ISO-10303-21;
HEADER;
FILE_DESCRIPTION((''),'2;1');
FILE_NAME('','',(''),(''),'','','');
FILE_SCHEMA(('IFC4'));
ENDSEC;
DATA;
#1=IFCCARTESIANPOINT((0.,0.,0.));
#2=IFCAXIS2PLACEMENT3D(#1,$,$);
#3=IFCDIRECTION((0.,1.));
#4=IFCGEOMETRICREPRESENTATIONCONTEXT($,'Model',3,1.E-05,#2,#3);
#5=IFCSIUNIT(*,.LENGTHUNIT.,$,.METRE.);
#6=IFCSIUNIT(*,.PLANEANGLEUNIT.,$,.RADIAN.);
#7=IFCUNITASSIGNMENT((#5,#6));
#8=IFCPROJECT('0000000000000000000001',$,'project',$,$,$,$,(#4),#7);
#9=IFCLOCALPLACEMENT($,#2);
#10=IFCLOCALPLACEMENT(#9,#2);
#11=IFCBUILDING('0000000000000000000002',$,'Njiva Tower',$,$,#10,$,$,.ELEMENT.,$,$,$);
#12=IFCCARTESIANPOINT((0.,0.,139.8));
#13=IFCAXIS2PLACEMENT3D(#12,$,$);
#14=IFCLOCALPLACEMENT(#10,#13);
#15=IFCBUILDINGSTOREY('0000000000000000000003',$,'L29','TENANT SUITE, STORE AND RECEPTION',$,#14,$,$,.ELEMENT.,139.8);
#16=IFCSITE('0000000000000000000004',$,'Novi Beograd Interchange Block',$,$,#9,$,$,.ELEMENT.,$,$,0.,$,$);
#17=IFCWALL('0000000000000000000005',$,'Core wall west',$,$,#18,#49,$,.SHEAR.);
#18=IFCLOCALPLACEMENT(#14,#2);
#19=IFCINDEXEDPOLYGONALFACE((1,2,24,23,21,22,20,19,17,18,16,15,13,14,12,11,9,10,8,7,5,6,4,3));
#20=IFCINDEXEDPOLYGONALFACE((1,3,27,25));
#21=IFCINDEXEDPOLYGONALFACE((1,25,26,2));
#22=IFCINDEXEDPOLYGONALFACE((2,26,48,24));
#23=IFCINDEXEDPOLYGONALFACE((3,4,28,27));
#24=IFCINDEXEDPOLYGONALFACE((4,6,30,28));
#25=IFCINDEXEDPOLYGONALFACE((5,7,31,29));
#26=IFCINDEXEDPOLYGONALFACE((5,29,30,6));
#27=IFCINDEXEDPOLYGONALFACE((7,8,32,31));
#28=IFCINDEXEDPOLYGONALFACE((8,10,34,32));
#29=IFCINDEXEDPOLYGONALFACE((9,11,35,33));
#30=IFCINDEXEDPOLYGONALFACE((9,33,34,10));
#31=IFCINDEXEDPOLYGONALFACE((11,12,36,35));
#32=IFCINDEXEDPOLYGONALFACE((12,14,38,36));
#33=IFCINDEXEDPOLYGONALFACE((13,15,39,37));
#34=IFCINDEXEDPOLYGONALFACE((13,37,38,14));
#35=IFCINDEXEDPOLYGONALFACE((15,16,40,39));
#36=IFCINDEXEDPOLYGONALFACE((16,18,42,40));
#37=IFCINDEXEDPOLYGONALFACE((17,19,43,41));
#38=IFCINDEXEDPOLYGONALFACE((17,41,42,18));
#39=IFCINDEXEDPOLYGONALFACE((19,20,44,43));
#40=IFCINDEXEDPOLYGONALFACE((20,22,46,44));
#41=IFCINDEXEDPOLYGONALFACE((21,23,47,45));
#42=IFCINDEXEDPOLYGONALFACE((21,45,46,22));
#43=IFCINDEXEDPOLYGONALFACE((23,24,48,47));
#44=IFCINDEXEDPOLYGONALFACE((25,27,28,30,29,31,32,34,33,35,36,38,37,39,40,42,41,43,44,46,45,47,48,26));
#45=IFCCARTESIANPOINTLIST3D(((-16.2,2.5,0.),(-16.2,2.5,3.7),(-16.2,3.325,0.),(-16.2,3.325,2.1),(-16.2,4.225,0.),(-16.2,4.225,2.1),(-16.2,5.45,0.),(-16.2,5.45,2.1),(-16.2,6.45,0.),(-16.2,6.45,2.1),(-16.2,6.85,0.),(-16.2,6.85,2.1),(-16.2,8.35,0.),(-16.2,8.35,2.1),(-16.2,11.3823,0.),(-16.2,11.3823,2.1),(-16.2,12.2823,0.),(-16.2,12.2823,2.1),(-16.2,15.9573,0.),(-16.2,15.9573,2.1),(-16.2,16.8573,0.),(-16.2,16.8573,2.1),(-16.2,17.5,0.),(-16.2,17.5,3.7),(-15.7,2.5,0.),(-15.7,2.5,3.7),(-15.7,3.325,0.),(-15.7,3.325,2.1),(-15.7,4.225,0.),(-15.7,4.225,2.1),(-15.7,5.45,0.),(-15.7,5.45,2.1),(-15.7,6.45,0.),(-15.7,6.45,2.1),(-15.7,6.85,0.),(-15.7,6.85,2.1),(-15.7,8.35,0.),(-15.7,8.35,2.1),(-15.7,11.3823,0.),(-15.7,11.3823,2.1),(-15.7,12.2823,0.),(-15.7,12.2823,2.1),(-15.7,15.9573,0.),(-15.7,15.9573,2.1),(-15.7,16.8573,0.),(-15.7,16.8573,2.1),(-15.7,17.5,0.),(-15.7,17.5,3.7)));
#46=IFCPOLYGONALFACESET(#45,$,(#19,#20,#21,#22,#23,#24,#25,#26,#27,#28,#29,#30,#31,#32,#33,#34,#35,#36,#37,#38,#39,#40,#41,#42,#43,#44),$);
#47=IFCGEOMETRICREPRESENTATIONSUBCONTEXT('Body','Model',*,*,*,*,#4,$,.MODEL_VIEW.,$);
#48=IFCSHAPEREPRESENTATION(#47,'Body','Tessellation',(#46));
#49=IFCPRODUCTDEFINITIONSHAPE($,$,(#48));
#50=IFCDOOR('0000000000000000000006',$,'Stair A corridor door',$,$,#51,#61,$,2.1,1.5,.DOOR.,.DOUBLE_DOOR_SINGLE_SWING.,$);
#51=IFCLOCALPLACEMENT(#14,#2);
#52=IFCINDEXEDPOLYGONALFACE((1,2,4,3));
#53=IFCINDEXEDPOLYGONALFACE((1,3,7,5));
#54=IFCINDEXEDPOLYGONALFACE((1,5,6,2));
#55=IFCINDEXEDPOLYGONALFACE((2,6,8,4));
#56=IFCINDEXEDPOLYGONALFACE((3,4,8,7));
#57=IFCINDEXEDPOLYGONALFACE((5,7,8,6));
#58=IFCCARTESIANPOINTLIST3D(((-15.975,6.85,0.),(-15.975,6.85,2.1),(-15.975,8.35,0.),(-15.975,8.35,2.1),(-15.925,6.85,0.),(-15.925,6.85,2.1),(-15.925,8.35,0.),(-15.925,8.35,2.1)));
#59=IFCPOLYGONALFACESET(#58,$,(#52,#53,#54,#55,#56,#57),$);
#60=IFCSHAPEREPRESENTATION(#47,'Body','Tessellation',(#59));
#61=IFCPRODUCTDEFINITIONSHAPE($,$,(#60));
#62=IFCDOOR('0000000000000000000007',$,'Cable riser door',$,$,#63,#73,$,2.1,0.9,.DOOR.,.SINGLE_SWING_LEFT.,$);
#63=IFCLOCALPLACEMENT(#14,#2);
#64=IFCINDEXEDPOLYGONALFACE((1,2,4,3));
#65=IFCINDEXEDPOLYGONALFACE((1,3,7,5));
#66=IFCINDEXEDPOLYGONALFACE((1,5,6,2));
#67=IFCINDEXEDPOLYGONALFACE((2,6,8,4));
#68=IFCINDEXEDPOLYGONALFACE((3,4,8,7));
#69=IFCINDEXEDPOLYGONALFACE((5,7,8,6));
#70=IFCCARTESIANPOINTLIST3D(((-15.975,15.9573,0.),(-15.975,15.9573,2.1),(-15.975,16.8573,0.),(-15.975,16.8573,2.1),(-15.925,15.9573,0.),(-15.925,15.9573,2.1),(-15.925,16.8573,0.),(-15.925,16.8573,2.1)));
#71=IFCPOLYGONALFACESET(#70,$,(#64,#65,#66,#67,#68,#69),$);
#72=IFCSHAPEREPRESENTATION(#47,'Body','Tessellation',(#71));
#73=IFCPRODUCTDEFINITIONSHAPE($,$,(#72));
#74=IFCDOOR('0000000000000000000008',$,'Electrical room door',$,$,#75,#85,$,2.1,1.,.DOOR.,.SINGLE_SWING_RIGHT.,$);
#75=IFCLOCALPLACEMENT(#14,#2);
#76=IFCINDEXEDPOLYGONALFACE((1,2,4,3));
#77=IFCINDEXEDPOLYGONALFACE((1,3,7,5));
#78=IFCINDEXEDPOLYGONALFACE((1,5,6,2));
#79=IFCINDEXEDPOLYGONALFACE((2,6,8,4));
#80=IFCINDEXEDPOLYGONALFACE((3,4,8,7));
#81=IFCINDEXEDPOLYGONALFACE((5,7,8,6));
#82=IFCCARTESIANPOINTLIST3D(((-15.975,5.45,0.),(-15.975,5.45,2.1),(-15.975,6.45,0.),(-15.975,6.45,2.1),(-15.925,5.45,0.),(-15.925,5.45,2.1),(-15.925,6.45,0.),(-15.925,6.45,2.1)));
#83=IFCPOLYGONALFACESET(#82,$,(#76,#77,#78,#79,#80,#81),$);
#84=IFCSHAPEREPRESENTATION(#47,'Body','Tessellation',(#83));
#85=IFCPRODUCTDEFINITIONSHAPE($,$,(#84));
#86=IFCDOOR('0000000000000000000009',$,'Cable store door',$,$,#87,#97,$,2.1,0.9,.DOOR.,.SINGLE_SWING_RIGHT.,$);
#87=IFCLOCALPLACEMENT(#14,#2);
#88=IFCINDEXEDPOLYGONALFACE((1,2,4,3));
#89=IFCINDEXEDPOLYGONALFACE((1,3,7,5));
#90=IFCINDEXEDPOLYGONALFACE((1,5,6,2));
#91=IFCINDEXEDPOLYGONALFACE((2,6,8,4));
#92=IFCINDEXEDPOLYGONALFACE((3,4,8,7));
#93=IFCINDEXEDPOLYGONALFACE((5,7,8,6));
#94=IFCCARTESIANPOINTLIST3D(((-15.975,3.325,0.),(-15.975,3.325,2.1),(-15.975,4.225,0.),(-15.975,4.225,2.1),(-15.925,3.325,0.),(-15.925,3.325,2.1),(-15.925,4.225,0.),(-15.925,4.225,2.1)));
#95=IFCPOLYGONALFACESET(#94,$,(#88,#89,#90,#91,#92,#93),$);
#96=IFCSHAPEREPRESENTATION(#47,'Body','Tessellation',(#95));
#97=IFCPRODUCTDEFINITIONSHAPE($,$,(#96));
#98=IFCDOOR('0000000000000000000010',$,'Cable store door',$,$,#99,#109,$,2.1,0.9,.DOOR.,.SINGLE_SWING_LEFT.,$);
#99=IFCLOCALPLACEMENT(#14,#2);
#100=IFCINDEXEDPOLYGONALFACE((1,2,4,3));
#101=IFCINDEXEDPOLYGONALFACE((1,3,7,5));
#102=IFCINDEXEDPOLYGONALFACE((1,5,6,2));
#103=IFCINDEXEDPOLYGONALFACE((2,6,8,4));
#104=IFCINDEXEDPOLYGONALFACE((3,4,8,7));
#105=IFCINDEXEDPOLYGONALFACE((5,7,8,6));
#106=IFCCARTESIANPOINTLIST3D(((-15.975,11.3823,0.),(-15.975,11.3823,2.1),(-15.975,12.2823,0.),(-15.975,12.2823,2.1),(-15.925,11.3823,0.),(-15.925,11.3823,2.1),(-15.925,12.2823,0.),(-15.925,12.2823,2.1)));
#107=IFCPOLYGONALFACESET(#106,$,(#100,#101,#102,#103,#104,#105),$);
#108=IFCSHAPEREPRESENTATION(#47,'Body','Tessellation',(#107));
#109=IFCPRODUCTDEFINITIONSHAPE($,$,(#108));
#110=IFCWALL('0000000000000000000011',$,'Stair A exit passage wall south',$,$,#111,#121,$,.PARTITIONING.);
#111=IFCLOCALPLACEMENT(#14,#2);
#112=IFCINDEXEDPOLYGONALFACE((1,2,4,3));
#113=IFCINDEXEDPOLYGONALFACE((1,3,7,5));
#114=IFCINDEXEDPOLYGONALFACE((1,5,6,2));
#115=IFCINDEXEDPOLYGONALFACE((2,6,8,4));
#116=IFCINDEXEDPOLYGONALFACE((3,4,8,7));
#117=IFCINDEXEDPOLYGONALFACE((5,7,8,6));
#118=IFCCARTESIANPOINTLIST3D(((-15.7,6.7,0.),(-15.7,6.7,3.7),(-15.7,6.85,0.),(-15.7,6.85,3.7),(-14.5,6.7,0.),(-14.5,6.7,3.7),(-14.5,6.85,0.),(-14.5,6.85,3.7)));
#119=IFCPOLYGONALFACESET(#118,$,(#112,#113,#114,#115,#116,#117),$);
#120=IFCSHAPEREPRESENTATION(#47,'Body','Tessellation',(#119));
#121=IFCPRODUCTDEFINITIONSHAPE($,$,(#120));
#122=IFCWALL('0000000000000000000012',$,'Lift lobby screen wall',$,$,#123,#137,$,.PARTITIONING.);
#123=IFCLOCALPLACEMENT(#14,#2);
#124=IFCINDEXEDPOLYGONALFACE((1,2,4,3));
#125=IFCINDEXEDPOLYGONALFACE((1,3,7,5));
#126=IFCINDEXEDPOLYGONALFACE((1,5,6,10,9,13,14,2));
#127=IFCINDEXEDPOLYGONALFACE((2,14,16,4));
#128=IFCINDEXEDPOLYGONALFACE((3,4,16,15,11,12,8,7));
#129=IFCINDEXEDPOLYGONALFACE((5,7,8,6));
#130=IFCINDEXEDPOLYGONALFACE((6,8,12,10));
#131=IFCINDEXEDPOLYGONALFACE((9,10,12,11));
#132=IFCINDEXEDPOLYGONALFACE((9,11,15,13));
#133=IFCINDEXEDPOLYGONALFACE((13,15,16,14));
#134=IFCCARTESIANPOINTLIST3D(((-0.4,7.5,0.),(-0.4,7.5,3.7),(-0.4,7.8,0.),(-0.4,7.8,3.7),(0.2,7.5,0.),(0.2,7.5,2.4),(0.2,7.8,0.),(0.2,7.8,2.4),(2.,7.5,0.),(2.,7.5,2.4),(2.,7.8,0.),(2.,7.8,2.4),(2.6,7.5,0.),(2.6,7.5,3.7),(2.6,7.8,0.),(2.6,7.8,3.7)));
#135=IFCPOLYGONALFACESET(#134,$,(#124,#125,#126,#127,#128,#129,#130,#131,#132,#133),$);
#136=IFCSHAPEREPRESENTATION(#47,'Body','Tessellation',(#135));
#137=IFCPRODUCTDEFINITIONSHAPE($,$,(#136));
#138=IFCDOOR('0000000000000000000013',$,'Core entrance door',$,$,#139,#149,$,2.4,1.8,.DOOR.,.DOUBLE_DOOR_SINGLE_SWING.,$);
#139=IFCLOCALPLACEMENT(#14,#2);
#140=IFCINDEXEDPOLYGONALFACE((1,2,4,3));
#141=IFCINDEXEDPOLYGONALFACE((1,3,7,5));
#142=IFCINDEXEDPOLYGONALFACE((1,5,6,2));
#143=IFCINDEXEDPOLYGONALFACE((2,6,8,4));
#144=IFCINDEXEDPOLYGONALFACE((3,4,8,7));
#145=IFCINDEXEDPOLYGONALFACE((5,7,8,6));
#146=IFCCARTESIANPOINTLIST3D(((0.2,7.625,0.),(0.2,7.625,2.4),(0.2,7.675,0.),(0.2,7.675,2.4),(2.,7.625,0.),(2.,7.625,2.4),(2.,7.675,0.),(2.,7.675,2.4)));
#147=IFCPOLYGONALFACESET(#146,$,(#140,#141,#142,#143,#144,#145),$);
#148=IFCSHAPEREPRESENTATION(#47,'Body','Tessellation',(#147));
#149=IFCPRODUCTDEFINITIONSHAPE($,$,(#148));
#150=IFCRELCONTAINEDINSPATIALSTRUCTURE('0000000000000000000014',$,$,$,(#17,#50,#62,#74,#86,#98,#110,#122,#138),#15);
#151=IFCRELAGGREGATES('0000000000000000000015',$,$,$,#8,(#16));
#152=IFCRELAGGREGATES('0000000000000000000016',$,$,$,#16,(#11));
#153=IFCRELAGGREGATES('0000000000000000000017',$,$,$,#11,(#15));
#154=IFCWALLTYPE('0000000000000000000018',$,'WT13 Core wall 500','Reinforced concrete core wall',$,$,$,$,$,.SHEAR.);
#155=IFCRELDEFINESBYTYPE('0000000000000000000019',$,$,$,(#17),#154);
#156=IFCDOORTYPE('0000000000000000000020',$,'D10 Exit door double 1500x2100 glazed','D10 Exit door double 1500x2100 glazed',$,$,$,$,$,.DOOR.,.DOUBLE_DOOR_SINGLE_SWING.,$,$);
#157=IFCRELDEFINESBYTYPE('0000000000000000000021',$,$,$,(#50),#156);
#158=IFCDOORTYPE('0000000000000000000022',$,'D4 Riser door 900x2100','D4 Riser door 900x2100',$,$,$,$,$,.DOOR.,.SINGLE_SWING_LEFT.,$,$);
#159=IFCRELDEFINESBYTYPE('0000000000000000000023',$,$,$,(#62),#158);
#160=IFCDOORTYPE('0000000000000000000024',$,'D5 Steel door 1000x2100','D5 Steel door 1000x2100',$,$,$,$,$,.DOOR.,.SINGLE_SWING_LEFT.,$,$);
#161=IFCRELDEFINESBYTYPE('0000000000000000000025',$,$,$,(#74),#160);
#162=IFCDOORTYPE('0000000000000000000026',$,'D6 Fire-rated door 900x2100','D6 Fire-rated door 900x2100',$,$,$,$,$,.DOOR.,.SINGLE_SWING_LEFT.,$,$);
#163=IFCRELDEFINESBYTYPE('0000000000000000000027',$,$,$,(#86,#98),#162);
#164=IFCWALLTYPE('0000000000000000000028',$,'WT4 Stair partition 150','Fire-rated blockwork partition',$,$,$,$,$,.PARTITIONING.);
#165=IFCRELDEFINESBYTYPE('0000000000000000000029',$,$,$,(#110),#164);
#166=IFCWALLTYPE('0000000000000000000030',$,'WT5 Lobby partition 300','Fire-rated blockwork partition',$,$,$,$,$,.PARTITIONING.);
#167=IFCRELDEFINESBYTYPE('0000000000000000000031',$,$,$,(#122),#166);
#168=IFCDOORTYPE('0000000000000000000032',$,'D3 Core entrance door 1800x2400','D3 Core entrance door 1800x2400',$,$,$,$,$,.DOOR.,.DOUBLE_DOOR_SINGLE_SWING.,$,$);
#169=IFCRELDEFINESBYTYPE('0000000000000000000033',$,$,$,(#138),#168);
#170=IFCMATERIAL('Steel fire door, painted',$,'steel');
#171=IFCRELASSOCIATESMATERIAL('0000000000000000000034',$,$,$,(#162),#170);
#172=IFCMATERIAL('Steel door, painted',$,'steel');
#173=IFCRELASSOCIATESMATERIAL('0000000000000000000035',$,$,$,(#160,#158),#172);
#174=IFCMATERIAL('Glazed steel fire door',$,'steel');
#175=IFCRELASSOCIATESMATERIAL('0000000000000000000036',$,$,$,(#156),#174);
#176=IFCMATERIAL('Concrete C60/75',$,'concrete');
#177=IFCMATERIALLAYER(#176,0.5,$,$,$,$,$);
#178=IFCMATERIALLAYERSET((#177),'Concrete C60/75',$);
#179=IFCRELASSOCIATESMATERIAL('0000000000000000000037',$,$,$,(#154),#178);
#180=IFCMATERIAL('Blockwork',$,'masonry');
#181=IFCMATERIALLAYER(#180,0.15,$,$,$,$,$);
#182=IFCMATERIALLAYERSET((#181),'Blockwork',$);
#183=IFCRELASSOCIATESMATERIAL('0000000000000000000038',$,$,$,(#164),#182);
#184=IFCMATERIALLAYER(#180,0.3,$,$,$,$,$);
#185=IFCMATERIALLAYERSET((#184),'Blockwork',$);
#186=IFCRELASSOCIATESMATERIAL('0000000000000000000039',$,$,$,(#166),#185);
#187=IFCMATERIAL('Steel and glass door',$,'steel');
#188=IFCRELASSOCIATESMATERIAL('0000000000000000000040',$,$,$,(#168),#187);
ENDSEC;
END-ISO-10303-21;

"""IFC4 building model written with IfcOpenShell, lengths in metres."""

from ifc_helpers import new_model, si_unit, direction, frame, frame_2d, origin, place, context, subcontext, project, spatial, rectangle, extrude, material, layer, layer_set, type_object, element, fill, save


model = new_model("IFC4")

# Units and contexts
model_context = context("Model", 3, precision=1e-05, world=origin(), true_north=direction((0.0, 1.0)))
body_context = subcontext(model_context, "Body", "Model", "MODEL_VIEW")
ifc_project = project(units=[si_unit("LENGTHUNIT", "METRE"), si_unit("PLANEANGLEUNIT", "RADIAN")], contexts=[model_context])

# Site, building, storey
site_placement = place(None, origin())
site = spatial("IfcSite", under=ifc_project, at=site_placement, Name="Novi Beograd Interchange Block", CompositionType="ELEMENT", RefElevation=0.0)
building_placement = place(site_placement, origin())
building = spatial("IfcBuilding", under=site, at=building_placement, Name="Njiva Tower", CompositionType="ELEMENT")
storey_placement = place(building_placement, frame((0.0, 0.0, 139.8)))
storey = spatial("IfcBuildingStorey", under=building, at=storey_placement, Name="L29", Description="TENANT SUITE, STORE AND RECEPTION", CompositionType="ELEMENT", Elevation=139.8)

# Shared definitions
ifc_material_1 = material(Name="Blockwork", Category="masonry")

# Shared definitions
ifc_material_2 = material(Name="Steel fire door, painted", Category="steel")
door_type_1 = type_object("IfcDoorType", Name="D6 Fire-rated door 900x2100", Description="D6 Fire-rated door 900x2100", OperationType="SINGLE_SWING_LEFT", PredefinedType="DOOR", material=ifc_material_2)

# Shared definitions
ifc_material_3 = material(Name="Steel door, painted", Category="steel")
door_type_2 = type_object("IfcDoorType", Name="D5 Steel door 1000x2100", Description="D5 Steel door 1000x2100", OperationType="SINGLE_SWING_LEFT", PredefinedType="DOOR", material=ifc_material_3)
ifc_material_4 = material(Name="Glazed steel fire door", Category="steel")

# Shared definitions
door_type_3 = type_object("IfcDoorType", Name="D10 Exit door double 1500x2100 glazed", Description="D10 Exit door double 1500x2100 glazed", OperationType="DOUBLE_DOOR_SINGLE_SWING", PredefinedType="DOOR", material=ifc_material_4)

# Wall, openings, doors
ifc_material_5 = material(Name="Concrete C60/75", Category="concrete")
ifc_layer_1 = layer(ifc_material_5, 0.5)
ifc_layer_set_1 = layer_set([ifc_layer_1], Name="Concrete C60/75")
wall_type_1 = type_object("IfcWallType", Name="WT13 Core wall 500", Description="Reinforced concrete core wall", PredefinedType="SHEAR", material=ifc_layer_set_1)
wall_1_placement = place(storey_placement, frame((-15.95, 2.5, 0.0), z_axis=(0.0, 0.0, 1.0), x_axis=(0.0, 1.0, 0.0)))
wall_1 = element("IfcWall", 1, at=wall_1_placement, inside=storey, type_object=wall_type_1, Name="Core wall west", PredefinedType="SHEAR", context=body_context, shape_type="SweptSolid", body=[
    extrude(rectangle(XDim=15.0, YDim=0.5, at=frame_2d((7.5, 0.0))), origin(), (0.0, 0.0, 1.0), 3.7),
])
opening_1_placement = place(wall_1_placement, frame((4.35, 0.0, 0.0)))
opening_1 = element("IfcOpeningElement", 2, at=opening_1_placement, cuts=wall_1, PredefinedType="OPENING", context=body_context, shape_type="SweptSolid", body=[
    extrude(rectangle(XDim=1.5, YDim=2.1, at=frame_2d((0.75, 1.05))), frame((0.0, 0.26, 0.0), z_axis=(0.0, -1.0, 0.0), x_axis=(1.0, 0.0, 0.0)), (0.0, 0.0, 1.0), 0.52),
])
opening_2_placement = place(wall_1_placement, frame((0.825, 0.0, 0.0)))
opening_2 = element("IfcOpeningElement", 3, at=opening_2_placement, cuts=wall_1, PredefinedType="OPENING", context=body_context, shape_type="SweptSolid", body=[
    extrude(rectangle(XDim=0.9, YDim=2.1, at=frame_2d((0.45, 1.05))), frame((0.0, 0.26, 0.0), z_axis=(0.0, -1.0, 0.0), x_axis=(1.0, 0.0, 0.0)), (0.0, 0.0, 1.0), 0.52),
])
opening_3_placement = place(wall_1_placement, frame((2.95, 0.0, 0.0)))
opening_3 = element("IfcOpeningElement", 4, at=opening_3_placement, cuts=wall_1, PredefinedType="OPENING", context=body_context, shape_type="SweptSolid", body=[
    extrude(rectangle(XDim=1.0, YDim=2.1, at=frame_2d((0.5, 1.05))), frame((0.0, 0.26, 0.0), z_axis=(0.0, -1.0, 0.0), x_axis=(1.0, 0.0, 0.0)), (0.0, 0.0, 1.0), 0.52),
])
opening_4_placement = place(wall_1_placement, frame((8.8823, 0.0, 0.0)))
opening_4 = element("IfcOpeningElement", 5, at=opening_4_placement, cuts=wall_1, PredefinedType="OPENING", context=body_context, shape_type="SweptSolid", body=[
    extrude(rectangle(XDim=0.9, YDim=2.1, at=frame_2d((0.45, 1.05))), frame((0.0, 0.26, 0.0), z_axis=(0.0, -1.0, 0.0), x_axis=(1.0, 0.0, 0.0)), (0.0, 0.0, 1.0), 0.52),
])
opening_5_placement = place(wall_1_placement, frame((13.4573, 0.0, 0.0)))
opening_5 = element("IfcOpeningElement", 6, at=opening_5_placement, cuts=wall_1, PredefinedType="OPENING", context=body_context, shape_type="SweptSolid", body=[
    extrude(rectangle(XDim=0.9, YDim=2.1, at=frame_2d((0.45, 1.05))), frame((0.0, 0.26, 0.0), z_axis=(0.0, -1.0, 0.0), x_axis=(1.0, 0.0, 0.0)), (0.0, 0.0, 1.0), 0.52),
])
door_1_placement = place(opening_1_placement, origin())
door_1 = element("IfcDoor", 7, at=door_1_placement, inside=storey, type_object=door_type_3, Name="Stair A corridor door", OperationType="DOUBLE_DOOR_SINGLE_SWING", OverallHeight=2.1, OverallWidth=1.5, PredefinedType="DOOR", context=body_context, shape_type="SweptSolid", body=[
    extrude(rectangle(XDim=1.5, YDim=2.1, at=frame_2d((0.75, 1.05))), frame((0.0, 0.025, 0.0), z_axis=(0.0, -1.0, 0.0), x_axis=(1.0, 0.0, 0.0)), (0.0, 0.0, 1.0), 0.05),
])
fill(opening_1, door_1)
door_type_4 = type_object("IfcDoorType", Name="D4 Riser door 900x2100", Description="D4 Riser door 900x2100", OperationType="SINGLE_SWING_LEFT", PredefinedType="DOOR", material=ifc_material_3)
door_2_placement = place(opening_5_placement, origin())
door_2 = element("IfcDoor", 8, at=door_2_placement, inside=storey, type_object=door_type_4, Name="Cable riser door", OperationType="SINGLE_SWING_LEFT", OverallHeight=2.1, OverallWidth=0.9, PredefinedType="DOOR", context=body_context, shape_type="SweptSolid", body=[
    extrude(rectangle(XDim=0.9, YDim=2.1, at=frame_2d((0.45, 1.05))), frame((0.0, 0.025, 0.0), z_axis=(0.0, -1.0, 0.0), x_axis=(1.0, 0.0, 0.0)), (0.0, 0.0, 1.0), 0.05),
])
fill(opening_5, door_2)
door_3_placement = place(opening_3_placement, origin())
door_3 = element("IfcDoor", 9, at=door_3_placement, inside=storey, type_object=door_type_2, Name="Electrical room door", OperationType="SINGLE_SWING_RIGHT", OverallHeight=2.1, OverallWidth=1.0, PredefinedType="DOOR", context=body_context, shape_type="SweptSolid", body=[
    extrude(rectangle(XDim=1.0, YDim=2.1, at=frame_2d((0.5, 1.05))), frame((0.0, 0.025, 0.0), z_axis=(0.0, -1.0, 0.0), x_axis=(1.0, 0.0, 0.0)), (0.0, 0.0, 1.0), 0.05),
])
fill(opening_3, door_3)
door_4_placement = place(opening_2_placement, origin())
door_4 = element("IfcDoor", 10, at=door_4_placement, inside=storey, type_object=door_type_1, Name="Cable store door", OperationType="SINGLE_SWING_RIGHT", OverallHeight=2.1, OverallWidth=0.9, PredefinedType="DOOR", context=body_context, shape_type="SweptSolid", body=[
    extrude(rectangle(XDim=0.9, YDim=2.1, at=frame_2d((0.45, 1.05))), frame((0.0, 0.025, 0.0), z_axis=(0.0, -1.0, 0.0), x_axis=(1.0, 0.0, 0.0)), (0.0, 0.0, 1.0), 0.05),
])
fill(opening_2, door_4)
door_5_placement = place(opening_4_placement, origin())
door_5 = element("IfcDoor", 11, at=door_5_placement, inside=storey, type_object=door_type_1, Name="Cable store door", OperationType="SINGLE_SWING_LEFT", OverallHeight=2.1, OverallWidth=0.9, PredefinedType="DOOR", context=body_context, shape_type="SweptSolid", body=[
    extrude(rectangle(XDim=0.9, YDim=2.1, at=frame_2d((0.45, 1.05))), frame((0.0, 0.025, 0.0), z_axis=(0.0, -1.0, 0.0), x_axis=(1.0, 0.0, 0.0)), (0.0, 0.0, 1.0), 0.05),
])
fill(opening_4, door_5)

# Wall
ifc_layer_2 = layer(ifc_material_1, 0.15)
ifc_layer_set_2 = layer_set([ifc_layer_2], Name="Blockwork")
wall_type_2 = type_object("IfcWallType", Name="WT4 Stair partition 150", Description="Fire-rated blockwork partition", PredefinedType="PARTITIONING", material=ifc_layer_set_2)
wall_2_placement = place(storey_placement, frame((-15.7, 6.775, 0.0), z_axis=(0.0, 0.0, 1.0), x_axis=(1.0, 0.0, 0.0)))
element("IfcWall", 12, at=wall_2_placement, inside=storey, type_object=wall_type_2, Name="Stair A exit passage wall south", PredefinedType="PARTITIONING", context=body_context, shape_type="SweptSolid", body=[
    extrude(rectangle(XDim=1.2, YDim=0.15, at=frame_2d((0.6, 0.0))), origin(), (0.0, 0.0, 1.0), 3.7),
])

# Wall, opening, door
ifc_layer_3 = layer(ifc_material_1, 0.3)
ifc_layer_set_3 = layer_set([ifc_layer_3], Name="Blockwork")
wall_type_3 = type_object("IfcWallType", Name="WT5 Lobby partition 300", Description="Fire-rated blockwork partition", PredefinedType="PARTITIONING", material=ifc_layer_set_3)
wall_3_placement = place(storey_placement, frame((-0.4, 7.65, 0.0), z_axis=(0.0, 0.0, 1.0), x_axis=(1.0, 0.0, 0.0)))
wall_3 = element("IfcWall", 13, at=wall_3_placement, inside=storey, type_object=wall_type_3, Name="Lift lobby screen wall", PredefinedType="PARTITIONING", context=body_context, shape_type="SweptSolid", body=[
    extrude(rectangle(XDim=3.0, YDim=0.3, at=frame_2d((1.5, 0.0))), origin(), (0.0, 0.0, 1.0), 3.7),
])
opening_6_placement = place(wall_3_placement, frame((0.6, 0.0, 0.0)))
opening_6 = element("IfcOpeningElement", 14, at=opening_6_placement, cuts=wall_3, PredefinedType="OPENING", context=body_context, shape_type="SweptSolid", body=[
    extrude(rectangle(XDim=1.8, YDim=2.4, at=frame_2d((0.9, 1.2))), frame((0.0, 0.16, 0.0), z_axis=(0.0, -1.0, 0.0), x_axis=(1.0, 0.0, 0.0)), (0.0, 0.0, 1.0), 0.32),
])
ifc_material_6 = material(Name="Steel and glass door", Category="steel")
door_type_5 = type_object("IfcDoorType", Name="D3 Core entrance door 1800x2400", Description="D3 Core entrance door 1800x2400", OperationType="DOUBLE_DOOR_SINGLE_SWING", PredefinedType="DOOR", material=ifc_material_6)
door_6_placement = place(opening_6_placement, origin())
door_6 = element("IfcDoor", 15, at=door_6_placement, inside=storey, type_object=door_type_5, Name="Core entrance door", OperationType="DOUBLE_DOOR_SINGLE_SWING", OverallHeight=2.4, OverallWidth=1.8, PredefinedType="DOOR", context=body_context, shape_type="SweptSolid", body=[
    extrude(rectangle(XDim=1.8, YDim=2.4, at=frame_2d((0.9, 1.2))), frame((0.0, 0.025, 0.0), z_axis=(0.0, -1.0, 0.0), x_axis=(1.0, 0.0, 0.0)), (0.0, 0.0, 1.0), 0.05),
])
fill(opening_6, door_6)

save(model, "model.ifc")
